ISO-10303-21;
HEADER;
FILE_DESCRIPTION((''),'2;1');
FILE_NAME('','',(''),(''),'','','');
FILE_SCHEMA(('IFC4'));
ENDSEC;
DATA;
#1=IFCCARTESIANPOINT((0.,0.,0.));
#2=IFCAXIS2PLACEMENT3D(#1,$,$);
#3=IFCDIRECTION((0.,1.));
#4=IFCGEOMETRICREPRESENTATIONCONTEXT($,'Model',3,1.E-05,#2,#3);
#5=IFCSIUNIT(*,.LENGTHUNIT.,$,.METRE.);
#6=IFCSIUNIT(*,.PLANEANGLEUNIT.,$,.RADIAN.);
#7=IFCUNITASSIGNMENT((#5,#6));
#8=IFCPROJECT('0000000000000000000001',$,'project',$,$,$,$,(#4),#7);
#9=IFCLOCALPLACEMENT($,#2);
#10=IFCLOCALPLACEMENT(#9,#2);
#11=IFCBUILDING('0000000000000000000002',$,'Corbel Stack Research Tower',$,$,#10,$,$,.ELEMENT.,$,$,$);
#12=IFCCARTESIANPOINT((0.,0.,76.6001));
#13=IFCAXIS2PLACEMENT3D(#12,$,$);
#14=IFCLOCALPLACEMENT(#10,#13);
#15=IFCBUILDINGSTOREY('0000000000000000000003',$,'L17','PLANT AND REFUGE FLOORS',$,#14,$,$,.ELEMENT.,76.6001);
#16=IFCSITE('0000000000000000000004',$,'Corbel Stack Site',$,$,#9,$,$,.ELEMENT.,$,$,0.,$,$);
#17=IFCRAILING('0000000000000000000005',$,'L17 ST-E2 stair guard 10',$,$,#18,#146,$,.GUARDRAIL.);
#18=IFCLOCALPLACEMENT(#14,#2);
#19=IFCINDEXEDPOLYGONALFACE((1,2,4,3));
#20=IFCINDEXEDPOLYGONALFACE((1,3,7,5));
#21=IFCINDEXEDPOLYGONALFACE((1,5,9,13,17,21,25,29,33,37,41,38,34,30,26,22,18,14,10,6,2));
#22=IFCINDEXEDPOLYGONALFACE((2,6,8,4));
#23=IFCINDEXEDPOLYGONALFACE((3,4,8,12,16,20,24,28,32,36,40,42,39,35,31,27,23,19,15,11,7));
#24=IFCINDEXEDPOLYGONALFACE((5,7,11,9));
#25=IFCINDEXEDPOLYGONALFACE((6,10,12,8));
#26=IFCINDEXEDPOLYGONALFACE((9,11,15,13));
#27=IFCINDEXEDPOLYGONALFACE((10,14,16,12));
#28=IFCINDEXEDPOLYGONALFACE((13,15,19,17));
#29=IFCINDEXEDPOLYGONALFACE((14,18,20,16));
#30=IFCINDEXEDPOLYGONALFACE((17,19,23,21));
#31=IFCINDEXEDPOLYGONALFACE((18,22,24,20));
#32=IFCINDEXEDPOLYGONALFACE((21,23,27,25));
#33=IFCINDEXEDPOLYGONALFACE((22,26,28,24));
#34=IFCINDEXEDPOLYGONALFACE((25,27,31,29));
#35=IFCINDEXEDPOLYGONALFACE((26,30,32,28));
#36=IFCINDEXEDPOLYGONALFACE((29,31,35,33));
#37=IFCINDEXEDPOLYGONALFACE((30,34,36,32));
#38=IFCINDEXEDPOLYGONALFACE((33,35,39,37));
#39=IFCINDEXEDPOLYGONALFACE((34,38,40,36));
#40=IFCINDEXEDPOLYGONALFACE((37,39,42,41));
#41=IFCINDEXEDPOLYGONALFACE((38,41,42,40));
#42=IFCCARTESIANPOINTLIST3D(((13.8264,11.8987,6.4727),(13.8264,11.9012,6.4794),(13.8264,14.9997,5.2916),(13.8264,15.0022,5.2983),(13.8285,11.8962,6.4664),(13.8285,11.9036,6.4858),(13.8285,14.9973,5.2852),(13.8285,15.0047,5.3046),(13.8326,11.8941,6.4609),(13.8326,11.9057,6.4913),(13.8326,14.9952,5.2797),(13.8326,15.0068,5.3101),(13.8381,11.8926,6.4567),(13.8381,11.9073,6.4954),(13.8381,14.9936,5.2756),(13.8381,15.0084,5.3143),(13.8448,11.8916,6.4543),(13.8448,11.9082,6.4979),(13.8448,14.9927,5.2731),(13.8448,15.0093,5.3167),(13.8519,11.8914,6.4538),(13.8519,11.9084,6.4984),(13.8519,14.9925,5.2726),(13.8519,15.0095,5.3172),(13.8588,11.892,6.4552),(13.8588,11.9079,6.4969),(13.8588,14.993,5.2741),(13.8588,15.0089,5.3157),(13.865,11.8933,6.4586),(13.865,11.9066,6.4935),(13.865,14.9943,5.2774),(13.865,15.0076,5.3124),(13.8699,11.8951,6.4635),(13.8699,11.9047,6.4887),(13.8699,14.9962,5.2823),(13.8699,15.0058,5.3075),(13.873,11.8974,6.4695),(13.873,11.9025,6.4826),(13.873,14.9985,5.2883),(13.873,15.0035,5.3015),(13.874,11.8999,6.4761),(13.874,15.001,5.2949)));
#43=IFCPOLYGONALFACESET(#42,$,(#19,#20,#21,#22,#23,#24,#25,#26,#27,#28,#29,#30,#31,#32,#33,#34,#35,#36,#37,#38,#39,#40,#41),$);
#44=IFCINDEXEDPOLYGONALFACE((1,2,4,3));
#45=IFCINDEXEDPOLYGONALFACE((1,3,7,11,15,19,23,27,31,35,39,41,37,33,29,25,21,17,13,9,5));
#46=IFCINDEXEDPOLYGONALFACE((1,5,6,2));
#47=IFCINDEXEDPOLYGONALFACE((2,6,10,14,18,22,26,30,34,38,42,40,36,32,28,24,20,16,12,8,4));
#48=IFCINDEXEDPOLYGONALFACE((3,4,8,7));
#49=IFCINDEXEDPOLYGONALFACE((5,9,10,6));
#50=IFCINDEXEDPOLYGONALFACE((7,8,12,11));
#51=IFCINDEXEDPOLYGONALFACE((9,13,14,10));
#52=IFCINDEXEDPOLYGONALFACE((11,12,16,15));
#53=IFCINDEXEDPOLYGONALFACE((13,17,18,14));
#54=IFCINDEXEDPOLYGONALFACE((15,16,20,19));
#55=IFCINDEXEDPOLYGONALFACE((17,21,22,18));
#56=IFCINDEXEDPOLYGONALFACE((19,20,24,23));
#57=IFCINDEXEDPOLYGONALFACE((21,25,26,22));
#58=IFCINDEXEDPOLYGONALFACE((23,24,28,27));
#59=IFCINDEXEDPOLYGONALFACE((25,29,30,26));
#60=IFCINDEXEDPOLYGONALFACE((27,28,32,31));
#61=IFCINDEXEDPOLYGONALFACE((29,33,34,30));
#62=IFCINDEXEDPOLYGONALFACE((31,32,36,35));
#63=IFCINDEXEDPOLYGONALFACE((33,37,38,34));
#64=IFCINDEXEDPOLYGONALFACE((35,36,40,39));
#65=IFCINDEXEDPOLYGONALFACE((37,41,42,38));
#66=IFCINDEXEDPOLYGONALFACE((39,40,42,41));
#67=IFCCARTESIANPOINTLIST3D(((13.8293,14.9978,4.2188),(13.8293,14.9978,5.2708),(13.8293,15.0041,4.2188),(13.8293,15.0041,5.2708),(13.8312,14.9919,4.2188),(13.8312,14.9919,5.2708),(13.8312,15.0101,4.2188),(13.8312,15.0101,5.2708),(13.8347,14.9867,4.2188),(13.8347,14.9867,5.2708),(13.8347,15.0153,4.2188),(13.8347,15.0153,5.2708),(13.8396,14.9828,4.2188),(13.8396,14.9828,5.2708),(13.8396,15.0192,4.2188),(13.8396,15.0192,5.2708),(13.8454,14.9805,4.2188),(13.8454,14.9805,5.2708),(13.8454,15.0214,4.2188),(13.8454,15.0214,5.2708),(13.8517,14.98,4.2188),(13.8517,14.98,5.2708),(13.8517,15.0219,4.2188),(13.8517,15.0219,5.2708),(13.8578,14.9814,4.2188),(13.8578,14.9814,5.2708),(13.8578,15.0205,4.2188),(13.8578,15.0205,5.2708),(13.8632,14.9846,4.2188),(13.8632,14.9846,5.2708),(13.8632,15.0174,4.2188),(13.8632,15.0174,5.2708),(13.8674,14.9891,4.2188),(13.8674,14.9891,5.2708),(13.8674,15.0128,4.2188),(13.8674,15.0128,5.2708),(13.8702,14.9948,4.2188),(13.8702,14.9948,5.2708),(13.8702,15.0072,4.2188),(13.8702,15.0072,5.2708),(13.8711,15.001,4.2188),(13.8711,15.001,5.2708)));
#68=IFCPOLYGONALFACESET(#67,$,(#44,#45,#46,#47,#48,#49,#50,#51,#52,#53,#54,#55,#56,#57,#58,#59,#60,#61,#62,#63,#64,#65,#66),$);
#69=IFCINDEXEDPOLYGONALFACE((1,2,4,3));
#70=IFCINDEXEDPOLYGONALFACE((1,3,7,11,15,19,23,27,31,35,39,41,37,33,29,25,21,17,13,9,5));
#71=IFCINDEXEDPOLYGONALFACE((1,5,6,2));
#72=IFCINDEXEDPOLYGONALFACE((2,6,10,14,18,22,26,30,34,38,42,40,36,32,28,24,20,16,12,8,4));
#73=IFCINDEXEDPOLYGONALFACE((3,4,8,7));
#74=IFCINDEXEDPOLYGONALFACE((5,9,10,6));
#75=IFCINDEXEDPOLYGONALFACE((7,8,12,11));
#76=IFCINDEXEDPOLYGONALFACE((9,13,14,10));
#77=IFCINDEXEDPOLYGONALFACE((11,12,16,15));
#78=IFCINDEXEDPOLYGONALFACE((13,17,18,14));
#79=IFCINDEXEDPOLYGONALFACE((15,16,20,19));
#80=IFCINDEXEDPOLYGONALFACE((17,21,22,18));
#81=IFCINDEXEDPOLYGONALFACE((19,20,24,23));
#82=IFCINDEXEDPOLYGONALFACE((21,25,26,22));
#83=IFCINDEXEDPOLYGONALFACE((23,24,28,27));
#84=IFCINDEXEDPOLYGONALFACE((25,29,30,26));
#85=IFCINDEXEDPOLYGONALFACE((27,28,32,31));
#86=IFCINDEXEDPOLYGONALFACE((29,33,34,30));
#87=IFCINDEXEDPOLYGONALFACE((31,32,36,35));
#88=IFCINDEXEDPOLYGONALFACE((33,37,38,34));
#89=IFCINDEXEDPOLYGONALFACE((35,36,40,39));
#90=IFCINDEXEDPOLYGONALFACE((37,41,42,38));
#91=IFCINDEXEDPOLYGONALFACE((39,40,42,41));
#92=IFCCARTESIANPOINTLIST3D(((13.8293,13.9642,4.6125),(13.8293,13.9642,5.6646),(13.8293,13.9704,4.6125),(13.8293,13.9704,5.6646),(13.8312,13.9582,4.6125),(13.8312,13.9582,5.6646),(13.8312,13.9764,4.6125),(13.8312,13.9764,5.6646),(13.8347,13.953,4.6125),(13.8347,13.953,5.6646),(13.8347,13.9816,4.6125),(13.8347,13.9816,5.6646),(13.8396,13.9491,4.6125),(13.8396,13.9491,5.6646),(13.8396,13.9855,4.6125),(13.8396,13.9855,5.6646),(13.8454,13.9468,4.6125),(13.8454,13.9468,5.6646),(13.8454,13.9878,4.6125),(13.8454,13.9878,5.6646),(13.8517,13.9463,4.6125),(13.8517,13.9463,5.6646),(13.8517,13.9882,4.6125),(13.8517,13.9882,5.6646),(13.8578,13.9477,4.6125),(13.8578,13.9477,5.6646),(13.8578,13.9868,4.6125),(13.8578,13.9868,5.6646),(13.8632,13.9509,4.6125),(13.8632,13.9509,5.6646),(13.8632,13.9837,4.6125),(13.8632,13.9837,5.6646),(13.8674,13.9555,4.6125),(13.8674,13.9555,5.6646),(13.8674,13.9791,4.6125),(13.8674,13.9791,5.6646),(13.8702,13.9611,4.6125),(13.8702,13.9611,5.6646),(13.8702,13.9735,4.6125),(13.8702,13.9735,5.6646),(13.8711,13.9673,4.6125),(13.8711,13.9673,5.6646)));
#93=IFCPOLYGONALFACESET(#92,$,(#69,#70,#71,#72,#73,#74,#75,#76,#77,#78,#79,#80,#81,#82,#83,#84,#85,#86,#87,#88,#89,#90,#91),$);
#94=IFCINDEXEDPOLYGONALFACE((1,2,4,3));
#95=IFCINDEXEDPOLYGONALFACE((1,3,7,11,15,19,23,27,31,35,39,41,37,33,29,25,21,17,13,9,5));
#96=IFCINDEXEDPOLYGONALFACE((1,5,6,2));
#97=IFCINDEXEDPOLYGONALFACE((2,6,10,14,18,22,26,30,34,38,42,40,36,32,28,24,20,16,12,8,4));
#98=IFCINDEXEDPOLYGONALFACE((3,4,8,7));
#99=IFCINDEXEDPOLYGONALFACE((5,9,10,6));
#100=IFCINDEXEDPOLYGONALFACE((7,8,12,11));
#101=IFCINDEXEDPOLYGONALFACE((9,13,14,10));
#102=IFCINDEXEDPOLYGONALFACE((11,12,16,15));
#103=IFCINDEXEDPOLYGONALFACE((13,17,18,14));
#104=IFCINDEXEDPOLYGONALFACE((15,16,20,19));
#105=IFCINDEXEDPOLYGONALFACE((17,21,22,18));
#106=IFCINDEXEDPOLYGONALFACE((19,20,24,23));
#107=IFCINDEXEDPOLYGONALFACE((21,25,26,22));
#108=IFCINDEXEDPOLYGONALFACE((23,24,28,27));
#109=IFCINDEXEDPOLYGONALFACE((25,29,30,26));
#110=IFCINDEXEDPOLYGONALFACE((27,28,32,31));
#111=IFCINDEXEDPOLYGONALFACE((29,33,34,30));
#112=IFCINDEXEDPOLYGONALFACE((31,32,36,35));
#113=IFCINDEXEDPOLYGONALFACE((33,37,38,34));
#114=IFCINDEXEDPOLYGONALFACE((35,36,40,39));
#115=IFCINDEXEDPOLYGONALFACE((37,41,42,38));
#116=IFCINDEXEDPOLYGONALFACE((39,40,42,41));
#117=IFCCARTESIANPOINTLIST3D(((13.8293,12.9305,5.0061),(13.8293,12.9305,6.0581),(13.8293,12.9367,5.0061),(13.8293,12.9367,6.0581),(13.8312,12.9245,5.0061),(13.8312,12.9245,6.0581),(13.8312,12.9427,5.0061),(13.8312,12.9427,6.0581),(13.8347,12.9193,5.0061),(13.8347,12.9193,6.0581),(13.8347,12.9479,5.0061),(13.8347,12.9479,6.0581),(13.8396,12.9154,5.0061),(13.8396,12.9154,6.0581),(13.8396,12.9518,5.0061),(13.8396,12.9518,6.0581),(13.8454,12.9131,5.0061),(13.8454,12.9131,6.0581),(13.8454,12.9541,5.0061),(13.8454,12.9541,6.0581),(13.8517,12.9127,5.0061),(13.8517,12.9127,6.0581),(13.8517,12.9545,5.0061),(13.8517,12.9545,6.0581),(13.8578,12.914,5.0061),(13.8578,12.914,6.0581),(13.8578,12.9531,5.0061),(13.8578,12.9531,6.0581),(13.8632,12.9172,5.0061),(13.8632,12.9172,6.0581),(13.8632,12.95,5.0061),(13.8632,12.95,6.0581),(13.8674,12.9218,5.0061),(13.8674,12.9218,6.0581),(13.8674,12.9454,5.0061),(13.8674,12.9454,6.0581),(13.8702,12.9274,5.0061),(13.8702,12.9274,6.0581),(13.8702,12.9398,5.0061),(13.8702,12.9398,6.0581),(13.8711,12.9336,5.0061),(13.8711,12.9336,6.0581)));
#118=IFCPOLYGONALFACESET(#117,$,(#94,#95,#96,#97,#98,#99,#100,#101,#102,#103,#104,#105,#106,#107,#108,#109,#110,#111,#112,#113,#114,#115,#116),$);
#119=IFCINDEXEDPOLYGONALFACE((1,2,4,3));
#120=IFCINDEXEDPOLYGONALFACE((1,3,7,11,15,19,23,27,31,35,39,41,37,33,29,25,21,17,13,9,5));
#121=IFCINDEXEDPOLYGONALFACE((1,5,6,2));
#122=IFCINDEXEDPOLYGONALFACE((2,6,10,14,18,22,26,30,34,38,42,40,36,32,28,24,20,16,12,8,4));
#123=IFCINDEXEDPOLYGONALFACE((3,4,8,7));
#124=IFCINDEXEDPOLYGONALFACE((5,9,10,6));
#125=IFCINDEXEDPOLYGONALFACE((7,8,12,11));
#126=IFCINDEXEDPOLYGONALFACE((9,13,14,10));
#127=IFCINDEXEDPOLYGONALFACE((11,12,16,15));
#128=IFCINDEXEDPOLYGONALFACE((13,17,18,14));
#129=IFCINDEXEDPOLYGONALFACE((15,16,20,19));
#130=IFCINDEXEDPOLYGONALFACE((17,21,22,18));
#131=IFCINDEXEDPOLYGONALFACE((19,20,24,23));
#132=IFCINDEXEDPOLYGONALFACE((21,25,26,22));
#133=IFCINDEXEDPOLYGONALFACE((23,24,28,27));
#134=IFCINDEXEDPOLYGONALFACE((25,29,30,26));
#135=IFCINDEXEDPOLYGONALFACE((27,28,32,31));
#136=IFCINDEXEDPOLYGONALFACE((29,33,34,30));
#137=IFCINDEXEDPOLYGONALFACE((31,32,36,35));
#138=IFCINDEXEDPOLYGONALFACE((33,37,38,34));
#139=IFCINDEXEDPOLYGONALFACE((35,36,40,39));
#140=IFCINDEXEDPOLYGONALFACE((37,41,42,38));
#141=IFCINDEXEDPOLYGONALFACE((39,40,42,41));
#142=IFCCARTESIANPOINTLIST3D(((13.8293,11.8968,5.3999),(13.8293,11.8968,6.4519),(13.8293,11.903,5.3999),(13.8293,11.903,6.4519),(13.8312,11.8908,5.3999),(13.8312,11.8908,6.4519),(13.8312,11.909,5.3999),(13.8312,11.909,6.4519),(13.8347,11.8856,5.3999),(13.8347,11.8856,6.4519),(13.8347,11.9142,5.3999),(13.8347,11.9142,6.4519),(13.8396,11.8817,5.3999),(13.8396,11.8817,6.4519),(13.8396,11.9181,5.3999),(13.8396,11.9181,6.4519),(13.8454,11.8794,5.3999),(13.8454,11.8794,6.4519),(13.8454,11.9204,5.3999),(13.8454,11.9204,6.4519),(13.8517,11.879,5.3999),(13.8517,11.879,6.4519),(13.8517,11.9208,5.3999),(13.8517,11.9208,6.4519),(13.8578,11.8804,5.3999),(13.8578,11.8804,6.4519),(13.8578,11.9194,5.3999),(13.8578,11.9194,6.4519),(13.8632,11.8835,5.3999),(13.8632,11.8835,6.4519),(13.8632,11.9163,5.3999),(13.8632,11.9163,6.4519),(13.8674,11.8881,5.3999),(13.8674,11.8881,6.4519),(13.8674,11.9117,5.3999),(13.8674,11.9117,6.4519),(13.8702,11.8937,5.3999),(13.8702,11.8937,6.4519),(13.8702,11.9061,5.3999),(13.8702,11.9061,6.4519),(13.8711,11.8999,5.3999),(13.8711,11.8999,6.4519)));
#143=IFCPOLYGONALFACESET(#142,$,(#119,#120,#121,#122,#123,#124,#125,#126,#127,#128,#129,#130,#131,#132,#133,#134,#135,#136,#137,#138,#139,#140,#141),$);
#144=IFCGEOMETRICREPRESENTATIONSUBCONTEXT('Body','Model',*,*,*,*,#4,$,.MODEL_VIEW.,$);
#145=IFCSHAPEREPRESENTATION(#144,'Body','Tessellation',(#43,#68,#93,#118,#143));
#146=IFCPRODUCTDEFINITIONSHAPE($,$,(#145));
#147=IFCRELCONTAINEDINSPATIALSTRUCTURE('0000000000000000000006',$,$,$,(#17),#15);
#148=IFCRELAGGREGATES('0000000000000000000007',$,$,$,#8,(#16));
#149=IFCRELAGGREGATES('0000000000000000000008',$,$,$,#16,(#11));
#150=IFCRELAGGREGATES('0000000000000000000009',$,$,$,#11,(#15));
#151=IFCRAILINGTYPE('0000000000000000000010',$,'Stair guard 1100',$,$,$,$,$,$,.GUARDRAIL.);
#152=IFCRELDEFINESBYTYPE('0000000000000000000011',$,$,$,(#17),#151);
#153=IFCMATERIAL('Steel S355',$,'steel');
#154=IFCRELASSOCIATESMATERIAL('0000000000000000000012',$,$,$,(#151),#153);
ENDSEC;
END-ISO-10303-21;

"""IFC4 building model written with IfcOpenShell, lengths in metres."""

from ifc_helpers import new_model, si_unit, direction, frame, origin, origin_2d, place, context, subcontext, project, spatial, circle, extrude, material, type_object, element, save


model = new_model("IFC4")

# Units and contexts
model_context = context("Model", 3, precision=1e-05, world=origin(), true_north=direction((0.0, 1.0)))
body_context = subcontext(model_context, "Body", "Model", "MODEL_VIEW")
ifc_project = project(units=[si_unit("LENGTHUNIT", "METRE"), si_unit("PLANEANGLEUNIT", "RADIAN")], contexts=[model_context])

# Site, building, storey
site_placement = place(None, origin())
site = spatial("IfcSite", under=ifc_project, at=site_placement, Name="Corbel Stack Site", CompositionType="ELEMENT", RefElevation=0.0)
building_placement = place(site_placement, origin())
building = spatial("IfcBuilding", under=site, at=building_placement, Name="Corbel Stack Research Tower", CompositionType="ELEMENT")
storey_placement = place(building_placement, frame((0.0, 0.0, 76.6001)))
storey = spatial("IfcBuildingStorey", under=building, at=storey_placement, Name="L17", Description="PLANT AND REFUGE FLOORS", CompositionType="ELEMENT", Elevation=76.6001)

# Railing
ifc_material_1 = material(Name="Steel S355", Category="steel")
railing_type_1 = type_object("IfcRailingType", Name="Stair guard 1100", PredefinedType="GUARDRAIL", material=ifc_material_1)
railing_1_placement = place(storey_placement, frame((13.8501, 15.001, 4.2188)))
element("IfcRailing", 1, at=railing_1_placement, inside=storey, type_object=railing_type_1, Name="L17 ST-E2 stair guard 10", PredefinedType="GUARDRAIL", context=body_context, shape_type="SweptSolid", body=[
    extrude(circle(Radius=0.0239, at=origin_2d()), frame((0.0, 0.0, 1.0762), z_axis=(0.0, -0.934509, 0.35594), x_axis=(1.0, 0.0, 0.0)), (0.0, 0.0, 1.0), 3.3184),
    extrude(circle(Radius=0.021, at=origin_2d()), origin(), (0.0, 0.0, 1.0), 1.052),
    extrude(circle(Radius=0.021, at=origin_2d()), frame((0.0, -1.0337, 0.3938)), (0.0, 0.0, 1.0), 1.052),
    extrude(circle(Radius=0.021, at=origin_2d()), frame((0.0, -2.0674, 0.7874)), (0.0, 0.0, 1.0), 1.052),
    extrude(circle(Radius=0.021, at=origin_2d()), frame((0.0, -3.1011, 1.1812)), (0.0, 0.0, 1.0), 1.052),
])

save(model, "model.ifc")
